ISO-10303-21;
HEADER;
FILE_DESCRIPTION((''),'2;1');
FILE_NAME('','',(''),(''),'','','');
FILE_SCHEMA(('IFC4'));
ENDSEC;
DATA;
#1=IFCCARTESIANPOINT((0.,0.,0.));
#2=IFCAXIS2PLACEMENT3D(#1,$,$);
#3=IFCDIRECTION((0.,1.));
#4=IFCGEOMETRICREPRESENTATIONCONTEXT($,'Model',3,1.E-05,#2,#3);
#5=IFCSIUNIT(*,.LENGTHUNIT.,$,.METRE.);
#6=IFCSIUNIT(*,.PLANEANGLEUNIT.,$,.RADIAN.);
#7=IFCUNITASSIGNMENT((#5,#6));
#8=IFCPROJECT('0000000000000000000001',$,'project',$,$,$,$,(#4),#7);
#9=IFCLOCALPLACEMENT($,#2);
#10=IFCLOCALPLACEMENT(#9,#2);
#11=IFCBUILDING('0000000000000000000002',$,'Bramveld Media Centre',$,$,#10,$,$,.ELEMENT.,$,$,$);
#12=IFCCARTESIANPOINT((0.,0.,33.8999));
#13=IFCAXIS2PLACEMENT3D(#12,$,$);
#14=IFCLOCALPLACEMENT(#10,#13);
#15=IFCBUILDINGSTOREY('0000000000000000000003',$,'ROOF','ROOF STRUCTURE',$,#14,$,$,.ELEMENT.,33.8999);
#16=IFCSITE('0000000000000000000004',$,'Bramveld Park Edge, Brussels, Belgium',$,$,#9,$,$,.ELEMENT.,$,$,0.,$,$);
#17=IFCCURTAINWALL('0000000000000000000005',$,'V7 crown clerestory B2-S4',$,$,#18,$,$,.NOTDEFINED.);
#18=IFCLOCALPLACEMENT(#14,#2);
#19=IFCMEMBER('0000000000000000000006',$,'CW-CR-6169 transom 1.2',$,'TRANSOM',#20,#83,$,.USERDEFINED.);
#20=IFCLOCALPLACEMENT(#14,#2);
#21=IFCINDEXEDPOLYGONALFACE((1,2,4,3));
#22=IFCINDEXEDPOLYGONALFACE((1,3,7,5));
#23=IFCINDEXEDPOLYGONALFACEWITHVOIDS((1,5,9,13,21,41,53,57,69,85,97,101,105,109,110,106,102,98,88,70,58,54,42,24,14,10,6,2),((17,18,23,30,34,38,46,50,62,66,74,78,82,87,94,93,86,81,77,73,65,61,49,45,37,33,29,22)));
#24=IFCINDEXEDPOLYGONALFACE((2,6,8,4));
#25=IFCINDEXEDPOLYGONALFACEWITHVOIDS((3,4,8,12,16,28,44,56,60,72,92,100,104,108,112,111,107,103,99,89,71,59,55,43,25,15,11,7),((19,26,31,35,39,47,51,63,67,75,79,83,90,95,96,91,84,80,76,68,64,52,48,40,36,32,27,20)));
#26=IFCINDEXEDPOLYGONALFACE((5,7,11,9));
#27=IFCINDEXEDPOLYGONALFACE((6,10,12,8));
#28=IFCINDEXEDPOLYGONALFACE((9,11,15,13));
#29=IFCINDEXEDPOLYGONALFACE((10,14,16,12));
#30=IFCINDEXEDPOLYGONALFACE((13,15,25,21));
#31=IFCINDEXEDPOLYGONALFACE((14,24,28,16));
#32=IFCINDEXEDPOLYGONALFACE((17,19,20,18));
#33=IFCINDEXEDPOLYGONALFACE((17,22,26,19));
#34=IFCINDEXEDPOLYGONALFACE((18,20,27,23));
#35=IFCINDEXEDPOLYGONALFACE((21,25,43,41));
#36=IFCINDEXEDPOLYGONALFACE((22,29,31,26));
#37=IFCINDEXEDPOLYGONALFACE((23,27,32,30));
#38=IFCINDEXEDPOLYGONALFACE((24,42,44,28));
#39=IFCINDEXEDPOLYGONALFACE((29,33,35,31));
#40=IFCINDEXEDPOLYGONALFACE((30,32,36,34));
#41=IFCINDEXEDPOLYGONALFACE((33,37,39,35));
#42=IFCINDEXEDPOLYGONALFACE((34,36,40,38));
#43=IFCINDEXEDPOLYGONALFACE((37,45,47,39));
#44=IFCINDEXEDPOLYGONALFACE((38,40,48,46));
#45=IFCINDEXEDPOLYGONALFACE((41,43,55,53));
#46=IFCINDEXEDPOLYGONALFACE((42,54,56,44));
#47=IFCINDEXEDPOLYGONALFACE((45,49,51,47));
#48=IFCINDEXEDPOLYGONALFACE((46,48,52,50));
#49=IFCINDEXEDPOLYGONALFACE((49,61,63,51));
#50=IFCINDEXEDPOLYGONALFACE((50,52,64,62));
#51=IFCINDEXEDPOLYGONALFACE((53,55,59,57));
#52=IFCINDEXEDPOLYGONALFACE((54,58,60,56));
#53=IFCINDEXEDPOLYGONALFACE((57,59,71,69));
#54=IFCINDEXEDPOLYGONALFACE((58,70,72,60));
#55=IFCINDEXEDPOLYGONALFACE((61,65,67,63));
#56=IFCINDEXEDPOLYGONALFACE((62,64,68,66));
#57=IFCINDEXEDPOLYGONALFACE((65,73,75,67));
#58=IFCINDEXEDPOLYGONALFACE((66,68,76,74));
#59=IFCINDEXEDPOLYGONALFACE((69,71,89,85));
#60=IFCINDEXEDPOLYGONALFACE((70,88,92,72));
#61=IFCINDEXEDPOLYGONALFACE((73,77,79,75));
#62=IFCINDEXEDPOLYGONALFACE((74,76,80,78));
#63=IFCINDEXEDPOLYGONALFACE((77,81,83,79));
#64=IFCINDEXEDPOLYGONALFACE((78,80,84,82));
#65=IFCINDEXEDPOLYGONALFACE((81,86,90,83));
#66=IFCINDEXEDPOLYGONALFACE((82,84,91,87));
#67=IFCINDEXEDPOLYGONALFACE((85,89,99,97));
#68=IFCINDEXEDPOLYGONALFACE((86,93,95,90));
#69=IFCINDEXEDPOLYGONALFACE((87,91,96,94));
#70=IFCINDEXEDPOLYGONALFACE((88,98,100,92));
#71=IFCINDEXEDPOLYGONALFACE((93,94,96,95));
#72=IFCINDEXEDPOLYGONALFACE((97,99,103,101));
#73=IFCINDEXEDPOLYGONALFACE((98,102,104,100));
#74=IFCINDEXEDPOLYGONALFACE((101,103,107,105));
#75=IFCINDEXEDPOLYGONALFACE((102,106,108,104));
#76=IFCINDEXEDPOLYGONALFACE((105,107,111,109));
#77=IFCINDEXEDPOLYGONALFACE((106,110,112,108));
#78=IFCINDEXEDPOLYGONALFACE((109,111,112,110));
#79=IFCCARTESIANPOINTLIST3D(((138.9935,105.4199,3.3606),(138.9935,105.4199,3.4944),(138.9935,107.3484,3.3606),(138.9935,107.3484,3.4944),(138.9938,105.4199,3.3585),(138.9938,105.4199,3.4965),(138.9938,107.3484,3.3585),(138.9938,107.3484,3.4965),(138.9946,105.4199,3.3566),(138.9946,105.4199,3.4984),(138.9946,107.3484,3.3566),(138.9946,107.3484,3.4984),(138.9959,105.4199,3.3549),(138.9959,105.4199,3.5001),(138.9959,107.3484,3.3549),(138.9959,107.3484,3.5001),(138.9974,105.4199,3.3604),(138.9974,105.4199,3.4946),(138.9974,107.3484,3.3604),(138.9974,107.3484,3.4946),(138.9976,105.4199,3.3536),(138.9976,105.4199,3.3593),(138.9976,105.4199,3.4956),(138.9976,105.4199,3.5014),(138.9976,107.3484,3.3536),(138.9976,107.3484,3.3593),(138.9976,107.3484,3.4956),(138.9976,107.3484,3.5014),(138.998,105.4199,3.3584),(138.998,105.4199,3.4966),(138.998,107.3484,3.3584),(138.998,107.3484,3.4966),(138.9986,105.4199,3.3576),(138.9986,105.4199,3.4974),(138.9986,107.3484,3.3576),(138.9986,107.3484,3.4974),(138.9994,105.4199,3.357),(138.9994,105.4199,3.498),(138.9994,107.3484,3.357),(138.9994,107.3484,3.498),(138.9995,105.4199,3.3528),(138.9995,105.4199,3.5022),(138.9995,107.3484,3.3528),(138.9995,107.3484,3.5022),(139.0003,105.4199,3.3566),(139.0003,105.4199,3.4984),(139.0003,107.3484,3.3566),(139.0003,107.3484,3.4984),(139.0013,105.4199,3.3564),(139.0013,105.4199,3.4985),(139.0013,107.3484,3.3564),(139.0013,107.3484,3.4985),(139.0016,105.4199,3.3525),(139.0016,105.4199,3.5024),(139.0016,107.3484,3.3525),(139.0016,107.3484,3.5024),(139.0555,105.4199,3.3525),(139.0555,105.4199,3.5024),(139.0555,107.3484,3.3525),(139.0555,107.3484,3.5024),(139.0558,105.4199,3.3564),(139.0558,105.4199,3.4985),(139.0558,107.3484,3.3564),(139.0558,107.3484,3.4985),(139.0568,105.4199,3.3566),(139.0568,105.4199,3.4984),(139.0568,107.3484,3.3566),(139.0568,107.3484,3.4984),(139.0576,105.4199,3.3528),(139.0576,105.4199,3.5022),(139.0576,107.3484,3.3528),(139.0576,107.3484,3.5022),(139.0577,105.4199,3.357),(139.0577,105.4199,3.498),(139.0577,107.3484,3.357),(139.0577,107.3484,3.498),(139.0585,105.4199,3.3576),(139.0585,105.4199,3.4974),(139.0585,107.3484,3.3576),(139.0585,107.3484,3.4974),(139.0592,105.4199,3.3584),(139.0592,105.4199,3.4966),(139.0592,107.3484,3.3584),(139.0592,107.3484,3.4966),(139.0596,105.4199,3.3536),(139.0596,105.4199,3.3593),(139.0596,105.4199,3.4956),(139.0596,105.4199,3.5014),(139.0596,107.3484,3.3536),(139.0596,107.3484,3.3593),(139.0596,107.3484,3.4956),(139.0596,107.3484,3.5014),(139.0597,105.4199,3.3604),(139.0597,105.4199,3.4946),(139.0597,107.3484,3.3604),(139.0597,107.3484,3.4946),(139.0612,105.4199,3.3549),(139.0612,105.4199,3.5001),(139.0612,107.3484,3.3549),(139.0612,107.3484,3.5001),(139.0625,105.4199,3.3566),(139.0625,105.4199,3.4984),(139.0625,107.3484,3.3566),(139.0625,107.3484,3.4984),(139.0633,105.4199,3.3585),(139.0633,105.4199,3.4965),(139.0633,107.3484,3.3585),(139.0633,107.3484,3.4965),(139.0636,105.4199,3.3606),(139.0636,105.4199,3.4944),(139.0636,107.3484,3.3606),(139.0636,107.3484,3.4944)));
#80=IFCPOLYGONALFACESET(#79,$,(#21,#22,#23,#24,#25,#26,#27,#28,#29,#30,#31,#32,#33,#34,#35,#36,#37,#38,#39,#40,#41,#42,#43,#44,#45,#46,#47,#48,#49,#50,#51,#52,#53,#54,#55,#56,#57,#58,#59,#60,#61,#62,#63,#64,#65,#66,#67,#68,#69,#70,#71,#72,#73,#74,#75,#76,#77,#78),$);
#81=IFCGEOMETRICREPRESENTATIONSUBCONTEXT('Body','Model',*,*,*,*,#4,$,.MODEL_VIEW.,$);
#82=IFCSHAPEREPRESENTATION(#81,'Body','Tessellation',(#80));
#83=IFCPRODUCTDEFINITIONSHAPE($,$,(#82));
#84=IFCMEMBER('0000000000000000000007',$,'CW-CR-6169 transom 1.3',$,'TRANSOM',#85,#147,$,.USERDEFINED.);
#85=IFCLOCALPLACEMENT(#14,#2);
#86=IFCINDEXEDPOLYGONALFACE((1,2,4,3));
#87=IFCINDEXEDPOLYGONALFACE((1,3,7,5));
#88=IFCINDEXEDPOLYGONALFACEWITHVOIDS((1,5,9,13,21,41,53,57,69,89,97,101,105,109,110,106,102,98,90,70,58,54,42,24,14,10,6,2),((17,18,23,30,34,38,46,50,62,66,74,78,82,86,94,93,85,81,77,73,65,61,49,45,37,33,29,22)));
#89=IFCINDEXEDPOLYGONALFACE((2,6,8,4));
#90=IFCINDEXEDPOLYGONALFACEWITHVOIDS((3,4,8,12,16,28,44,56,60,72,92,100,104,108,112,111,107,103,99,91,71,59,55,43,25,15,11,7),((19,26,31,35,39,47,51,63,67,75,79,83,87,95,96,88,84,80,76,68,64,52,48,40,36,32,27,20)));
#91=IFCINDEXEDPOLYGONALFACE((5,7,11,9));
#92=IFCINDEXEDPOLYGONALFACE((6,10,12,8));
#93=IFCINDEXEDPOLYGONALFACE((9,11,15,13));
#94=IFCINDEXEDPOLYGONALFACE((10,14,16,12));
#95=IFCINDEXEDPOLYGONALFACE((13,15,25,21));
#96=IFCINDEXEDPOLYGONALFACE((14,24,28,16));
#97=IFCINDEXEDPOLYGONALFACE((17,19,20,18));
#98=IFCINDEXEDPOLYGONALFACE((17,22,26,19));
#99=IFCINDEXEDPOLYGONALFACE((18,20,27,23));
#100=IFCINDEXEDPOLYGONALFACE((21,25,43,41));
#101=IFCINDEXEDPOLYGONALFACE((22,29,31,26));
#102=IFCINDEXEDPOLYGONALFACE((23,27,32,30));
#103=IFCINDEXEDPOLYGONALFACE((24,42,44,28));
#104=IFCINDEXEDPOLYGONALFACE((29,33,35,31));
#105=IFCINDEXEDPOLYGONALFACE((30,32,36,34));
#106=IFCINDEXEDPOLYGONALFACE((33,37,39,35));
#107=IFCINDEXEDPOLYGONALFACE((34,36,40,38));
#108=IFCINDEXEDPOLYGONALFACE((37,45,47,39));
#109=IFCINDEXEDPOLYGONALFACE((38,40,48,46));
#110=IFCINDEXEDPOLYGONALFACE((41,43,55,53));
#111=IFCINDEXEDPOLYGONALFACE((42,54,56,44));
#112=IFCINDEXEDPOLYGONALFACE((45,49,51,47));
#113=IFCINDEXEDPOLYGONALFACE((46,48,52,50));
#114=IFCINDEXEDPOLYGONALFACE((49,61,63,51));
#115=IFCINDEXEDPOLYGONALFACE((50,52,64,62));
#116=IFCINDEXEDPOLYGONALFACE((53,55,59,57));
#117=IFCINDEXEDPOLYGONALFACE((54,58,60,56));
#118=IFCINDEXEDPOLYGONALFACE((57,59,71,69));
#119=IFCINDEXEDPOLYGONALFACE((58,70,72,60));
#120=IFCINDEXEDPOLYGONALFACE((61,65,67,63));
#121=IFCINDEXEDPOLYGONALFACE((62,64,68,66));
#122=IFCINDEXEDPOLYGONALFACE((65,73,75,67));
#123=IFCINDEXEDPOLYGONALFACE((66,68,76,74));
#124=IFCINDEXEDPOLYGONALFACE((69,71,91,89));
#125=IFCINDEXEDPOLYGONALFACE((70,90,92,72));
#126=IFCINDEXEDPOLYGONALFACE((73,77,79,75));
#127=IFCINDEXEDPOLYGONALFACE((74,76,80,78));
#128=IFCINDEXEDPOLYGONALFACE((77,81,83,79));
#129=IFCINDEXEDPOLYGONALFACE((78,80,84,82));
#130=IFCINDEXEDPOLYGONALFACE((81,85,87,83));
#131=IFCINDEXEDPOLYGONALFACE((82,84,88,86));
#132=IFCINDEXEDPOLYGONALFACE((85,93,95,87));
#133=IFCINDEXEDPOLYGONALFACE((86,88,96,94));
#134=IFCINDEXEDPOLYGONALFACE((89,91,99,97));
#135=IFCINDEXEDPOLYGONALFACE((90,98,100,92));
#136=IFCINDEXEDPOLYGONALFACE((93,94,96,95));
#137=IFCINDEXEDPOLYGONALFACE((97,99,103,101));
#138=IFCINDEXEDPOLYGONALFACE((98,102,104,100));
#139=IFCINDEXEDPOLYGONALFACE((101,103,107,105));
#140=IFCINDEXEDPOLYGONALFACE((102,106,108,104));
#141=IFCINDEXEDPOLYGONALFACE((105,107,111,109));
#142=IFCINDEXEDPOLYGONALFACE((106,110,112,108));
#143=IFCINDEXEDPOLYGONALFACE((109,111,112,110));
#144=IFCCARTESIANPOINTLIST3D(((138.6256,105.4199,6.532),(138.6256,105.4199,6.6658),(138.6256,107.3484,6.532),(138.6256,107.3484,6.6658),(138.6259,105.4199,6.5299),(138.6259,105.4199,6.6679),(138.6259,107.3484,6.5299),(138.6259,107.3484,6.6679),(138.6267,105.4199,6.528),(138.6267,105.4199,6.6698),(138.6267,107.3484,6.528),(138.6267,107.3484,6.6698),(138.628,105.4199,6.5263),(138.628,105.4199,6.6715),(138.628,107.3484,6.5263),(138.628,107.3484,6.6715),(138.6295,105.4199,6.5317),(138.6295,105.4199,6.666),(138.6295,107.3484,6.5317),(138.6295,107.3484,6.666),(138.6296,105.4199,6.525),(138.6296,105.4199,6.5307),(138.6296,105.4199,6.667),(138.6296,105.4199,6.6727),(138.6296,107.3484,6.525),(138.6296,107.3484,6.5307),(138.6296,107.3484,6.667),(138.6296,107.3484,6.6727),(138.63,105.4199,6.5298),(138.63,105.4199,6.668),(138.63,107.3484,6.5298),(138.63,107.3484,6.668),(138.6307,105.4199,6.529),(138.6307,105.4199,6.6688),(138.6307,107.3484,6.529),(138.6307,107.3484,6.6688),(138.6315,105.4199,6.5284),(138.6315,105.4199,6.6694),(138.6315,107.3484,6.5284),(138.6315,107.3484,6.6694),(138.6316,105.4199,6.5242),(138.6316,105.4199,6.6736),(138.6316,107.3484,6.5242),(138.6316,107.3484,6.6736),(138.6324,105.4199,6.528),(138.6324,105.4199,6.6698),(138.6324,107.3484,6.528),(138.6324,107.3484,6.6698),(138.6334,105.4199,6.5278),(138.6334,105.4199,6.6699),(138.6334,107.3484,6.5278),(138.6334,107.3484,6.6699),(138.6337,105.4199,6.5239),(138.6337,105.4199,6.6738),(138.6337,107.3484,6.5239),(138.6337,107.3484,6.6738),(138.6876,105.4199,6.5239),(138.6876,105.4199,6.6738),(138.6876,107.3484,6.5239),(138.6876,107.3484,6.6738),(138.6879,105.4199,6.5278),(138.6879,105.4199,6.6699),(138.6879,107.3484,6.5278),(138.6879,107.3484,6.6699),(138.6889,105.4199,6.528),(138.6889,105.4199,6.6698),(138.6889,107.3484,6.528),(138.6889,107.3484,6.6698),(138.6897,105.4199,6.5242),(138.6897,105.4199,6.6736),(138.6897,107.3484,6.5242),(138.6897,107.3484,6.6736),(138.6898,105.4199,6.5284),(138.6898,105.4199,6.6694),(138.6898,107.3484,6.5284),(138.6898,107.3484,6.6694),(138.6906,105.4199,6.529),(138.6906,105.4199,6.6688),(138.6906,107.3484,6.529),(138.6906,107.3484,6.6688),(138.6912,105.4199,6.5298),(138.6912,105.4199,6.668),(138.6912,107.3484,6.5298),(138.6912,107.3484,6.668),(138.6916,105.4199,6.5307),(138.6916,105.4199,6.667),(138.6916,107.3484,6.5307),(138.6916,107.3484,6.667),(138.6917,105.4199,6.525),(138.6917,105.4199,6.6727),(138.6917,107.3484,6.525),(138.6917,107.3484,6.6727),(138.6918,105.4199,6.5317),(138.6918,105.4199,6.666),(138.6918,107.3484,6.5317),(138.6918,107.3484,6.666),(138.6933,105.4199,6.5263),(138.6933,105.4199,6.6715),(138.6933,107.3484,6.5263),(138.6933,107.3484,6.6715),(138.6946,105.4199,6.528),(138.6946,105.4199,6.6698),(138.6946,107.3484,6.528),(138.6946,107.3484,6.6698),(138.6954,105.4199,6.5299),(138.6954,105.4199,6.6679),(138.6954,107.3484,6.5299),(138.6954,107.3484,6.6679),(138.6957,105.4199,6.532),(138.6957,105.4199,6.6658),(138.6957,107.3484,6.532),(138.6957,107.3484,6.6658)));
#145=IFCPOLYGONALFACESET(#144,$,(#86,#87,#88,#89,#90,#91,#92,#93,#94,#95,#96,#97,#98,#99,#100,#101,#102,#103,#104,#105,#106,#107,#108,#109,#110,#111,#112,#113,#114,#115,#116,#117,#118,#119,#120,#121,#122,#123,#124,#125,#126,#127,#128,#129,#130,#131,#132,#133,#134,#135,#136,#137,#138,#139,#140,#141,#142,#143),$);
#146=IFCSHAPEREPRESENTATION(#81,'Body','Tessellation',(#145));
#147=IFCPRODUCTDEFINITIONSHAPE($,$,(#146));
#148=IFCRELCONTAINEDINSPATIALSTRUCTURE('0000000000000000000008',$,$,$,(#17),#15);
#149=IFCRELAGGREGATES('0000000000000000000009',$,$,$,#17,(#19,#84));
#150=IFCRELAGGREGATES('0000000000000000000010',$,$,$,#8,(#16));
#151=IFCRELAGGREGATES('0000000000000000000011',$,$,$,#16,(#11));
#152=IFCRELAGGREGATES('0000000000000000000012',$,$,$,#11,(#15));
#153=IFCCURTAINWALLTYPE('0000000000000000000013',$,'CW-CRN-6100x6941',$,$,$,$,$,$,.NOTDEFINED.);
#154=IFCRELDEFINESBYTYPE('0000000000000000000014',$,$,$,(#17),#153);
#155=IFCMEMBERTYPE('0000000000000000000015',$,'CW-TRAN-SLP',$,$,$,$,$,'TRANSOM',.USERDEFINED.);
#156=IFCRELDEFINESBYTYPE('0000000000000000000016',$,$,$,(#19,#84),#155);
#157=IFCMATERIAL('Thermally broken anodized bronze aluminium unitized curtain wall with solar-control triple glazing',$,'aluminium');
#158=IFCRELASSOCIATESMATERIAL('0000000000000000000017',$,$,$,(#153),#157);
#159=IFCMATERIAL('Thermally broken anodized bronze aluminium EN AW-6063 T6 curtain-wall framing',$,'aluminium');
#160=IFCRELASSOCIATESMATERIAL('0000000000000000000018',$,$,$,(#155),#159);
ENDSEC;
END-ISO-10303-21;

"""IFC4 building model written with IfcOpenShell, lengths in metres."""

from ifc_helpers import new_model, si_unit, direction, frame, origin, origin_2d, place, context, subcontext, project, spatial, hollow_rectangle, extrude, material, material_profile, profile_set, type_object, element, aggregate, save


model = new_model("IFC4")

# Units and contexts
model_context = context("Model", 3, precision=1e-05, world=origin(), true_north=direction((0.0, 1.0)))
body_context = subcontext(model_context, "Body", "Model", "MODEL_VIEW")
ifc_project = project(units=[si_unit("LENGTHUNIT", "METRE"), si_unit("PLANEANGLEUNIT", "RADIAN")], contexts=[model_context])

# Site, building, storey
site_placement = place(None, origin())
site = spatial("IfcSite", under=ifc_project, at=site_placement, Name="Bramveld Park Edge, Brussels, Belgium", CompositionType="ELEMENT", RefElevation=0.0)
building_placement = place(site_placement, origin())
building = spatial("IfcBuilding", under=site, at=building_placement, Name="Bramveld Media Centre", CompositionType="ELEMENT")
storey_placement = place(building_placement, frame((0.0, 0.0, 33.8999)))
storey = spatial("IfcBuildingStorey", under=building, at=storey_placement, Name="ROOF", Description="ROOF STRUCTURE", CompositionType="ELEMENT", Elevation=33.8999)

# Shared definitions
ifc_material_1 = material(Name="Thermally broken anodized bronze aluminium unitized curtain wall with solar-control triple glazing", Category="aluminium")
curtain_wall_type = type_object("IfcCurtainWallType", Name="CW-CRN-6100x6941", PredefinedType="NOTDEFINED", material=ifc_material_1)

# Curtain wall, members
curtain_wall_1_placement = place(storey_placement, origin())
curtain_wall_1 = element("IfcCurtainWall", 1, at=curtain_wall_1_placement, inside=storey, type_object=curtain_wall_type, Name="V7 crown clerestory B2-S4", PredefinedType="NOTDEFINED")
ifc_material_2 = material(Name="Thermally broken anodized bronze aluminium EN AW-6063 T6 curtain-wall framing", Category="aluminium")
ifc_material_profile_1 = material_profile(ifc_material_2, hollow_rectangle(XDim=0.0701, YDim=0.1499, WallThickness=0.0039, InnerFilletRadius=0.0039, OuterFilletRadius=0.0081, at=origin_2d()), Name="AL-TRAN 70x150")
ifc_profile_set_1 = profile_set([ifc_material_profile_1], Name="Thermally broken anodized bronze aluminium EN AW-6063 T6 curtain-wall framing")
member_type_1 = type_object("IfcMemberType", Name="CW-TRAN-SLP", ElementType="TRANSOM", PredefinedType="USERDEFINED", material=ifc_profile_set_1)
member_1_placement = place(storey_placement, frame((139.0286, 105.4199, 3.4275), z_axis=(0.0, 1.0, 0.0), x_axis=(-1.0, 0.0, 0.0)))
member_1 = element("IfcMember", 2, at=member_1_placement, type_object=member_type_1, Name="CW-CR-6169 transom 1.2", ObjectType="TRANSOM", PredefinedType="USERDEFINED", context=body_context, shape_type="SweptSolid", body=[
    extrude(hollow_rectangle(XDim=0.0701, YDim=0.1499, WallThickness=0.0039, InnerFilletRadius=0.0039, OuterFilletRadius=0.0081, at=origin_2d()), origin(), (0.0, 0.0, 1.0), 1.9285),
])
member_2_placement = place(storey_placement, frame((138.6606, 105.4199, 6.5989), z_axis=(0.0, 1.0, 0.0), x_axis=(-1.0, 0.0, 0.0)))
member_2 = element("IfcMember", 3, at=member_2_placement, type_object=member_type_1, Name="CW-CR-6169 transom 1.3", ObjectType="TRANSOM", PredefinedType="USERDEFINED", context=body_context, shape_type="SweptSolid", body=[
    extrude(hollow_rectangle(XDim=0.0701, YDim=0.1499, WallThickness=0.0039, InnerFilletRadius=0.0039, OuterFilletRadius=0.0081, at=origin_2d()), origin(), (0.0, 0.0, 1.0), 1.9285),
])

aggregate(curtain_wall_1, [member_1, member_2])

save(model, "model.ifc")
